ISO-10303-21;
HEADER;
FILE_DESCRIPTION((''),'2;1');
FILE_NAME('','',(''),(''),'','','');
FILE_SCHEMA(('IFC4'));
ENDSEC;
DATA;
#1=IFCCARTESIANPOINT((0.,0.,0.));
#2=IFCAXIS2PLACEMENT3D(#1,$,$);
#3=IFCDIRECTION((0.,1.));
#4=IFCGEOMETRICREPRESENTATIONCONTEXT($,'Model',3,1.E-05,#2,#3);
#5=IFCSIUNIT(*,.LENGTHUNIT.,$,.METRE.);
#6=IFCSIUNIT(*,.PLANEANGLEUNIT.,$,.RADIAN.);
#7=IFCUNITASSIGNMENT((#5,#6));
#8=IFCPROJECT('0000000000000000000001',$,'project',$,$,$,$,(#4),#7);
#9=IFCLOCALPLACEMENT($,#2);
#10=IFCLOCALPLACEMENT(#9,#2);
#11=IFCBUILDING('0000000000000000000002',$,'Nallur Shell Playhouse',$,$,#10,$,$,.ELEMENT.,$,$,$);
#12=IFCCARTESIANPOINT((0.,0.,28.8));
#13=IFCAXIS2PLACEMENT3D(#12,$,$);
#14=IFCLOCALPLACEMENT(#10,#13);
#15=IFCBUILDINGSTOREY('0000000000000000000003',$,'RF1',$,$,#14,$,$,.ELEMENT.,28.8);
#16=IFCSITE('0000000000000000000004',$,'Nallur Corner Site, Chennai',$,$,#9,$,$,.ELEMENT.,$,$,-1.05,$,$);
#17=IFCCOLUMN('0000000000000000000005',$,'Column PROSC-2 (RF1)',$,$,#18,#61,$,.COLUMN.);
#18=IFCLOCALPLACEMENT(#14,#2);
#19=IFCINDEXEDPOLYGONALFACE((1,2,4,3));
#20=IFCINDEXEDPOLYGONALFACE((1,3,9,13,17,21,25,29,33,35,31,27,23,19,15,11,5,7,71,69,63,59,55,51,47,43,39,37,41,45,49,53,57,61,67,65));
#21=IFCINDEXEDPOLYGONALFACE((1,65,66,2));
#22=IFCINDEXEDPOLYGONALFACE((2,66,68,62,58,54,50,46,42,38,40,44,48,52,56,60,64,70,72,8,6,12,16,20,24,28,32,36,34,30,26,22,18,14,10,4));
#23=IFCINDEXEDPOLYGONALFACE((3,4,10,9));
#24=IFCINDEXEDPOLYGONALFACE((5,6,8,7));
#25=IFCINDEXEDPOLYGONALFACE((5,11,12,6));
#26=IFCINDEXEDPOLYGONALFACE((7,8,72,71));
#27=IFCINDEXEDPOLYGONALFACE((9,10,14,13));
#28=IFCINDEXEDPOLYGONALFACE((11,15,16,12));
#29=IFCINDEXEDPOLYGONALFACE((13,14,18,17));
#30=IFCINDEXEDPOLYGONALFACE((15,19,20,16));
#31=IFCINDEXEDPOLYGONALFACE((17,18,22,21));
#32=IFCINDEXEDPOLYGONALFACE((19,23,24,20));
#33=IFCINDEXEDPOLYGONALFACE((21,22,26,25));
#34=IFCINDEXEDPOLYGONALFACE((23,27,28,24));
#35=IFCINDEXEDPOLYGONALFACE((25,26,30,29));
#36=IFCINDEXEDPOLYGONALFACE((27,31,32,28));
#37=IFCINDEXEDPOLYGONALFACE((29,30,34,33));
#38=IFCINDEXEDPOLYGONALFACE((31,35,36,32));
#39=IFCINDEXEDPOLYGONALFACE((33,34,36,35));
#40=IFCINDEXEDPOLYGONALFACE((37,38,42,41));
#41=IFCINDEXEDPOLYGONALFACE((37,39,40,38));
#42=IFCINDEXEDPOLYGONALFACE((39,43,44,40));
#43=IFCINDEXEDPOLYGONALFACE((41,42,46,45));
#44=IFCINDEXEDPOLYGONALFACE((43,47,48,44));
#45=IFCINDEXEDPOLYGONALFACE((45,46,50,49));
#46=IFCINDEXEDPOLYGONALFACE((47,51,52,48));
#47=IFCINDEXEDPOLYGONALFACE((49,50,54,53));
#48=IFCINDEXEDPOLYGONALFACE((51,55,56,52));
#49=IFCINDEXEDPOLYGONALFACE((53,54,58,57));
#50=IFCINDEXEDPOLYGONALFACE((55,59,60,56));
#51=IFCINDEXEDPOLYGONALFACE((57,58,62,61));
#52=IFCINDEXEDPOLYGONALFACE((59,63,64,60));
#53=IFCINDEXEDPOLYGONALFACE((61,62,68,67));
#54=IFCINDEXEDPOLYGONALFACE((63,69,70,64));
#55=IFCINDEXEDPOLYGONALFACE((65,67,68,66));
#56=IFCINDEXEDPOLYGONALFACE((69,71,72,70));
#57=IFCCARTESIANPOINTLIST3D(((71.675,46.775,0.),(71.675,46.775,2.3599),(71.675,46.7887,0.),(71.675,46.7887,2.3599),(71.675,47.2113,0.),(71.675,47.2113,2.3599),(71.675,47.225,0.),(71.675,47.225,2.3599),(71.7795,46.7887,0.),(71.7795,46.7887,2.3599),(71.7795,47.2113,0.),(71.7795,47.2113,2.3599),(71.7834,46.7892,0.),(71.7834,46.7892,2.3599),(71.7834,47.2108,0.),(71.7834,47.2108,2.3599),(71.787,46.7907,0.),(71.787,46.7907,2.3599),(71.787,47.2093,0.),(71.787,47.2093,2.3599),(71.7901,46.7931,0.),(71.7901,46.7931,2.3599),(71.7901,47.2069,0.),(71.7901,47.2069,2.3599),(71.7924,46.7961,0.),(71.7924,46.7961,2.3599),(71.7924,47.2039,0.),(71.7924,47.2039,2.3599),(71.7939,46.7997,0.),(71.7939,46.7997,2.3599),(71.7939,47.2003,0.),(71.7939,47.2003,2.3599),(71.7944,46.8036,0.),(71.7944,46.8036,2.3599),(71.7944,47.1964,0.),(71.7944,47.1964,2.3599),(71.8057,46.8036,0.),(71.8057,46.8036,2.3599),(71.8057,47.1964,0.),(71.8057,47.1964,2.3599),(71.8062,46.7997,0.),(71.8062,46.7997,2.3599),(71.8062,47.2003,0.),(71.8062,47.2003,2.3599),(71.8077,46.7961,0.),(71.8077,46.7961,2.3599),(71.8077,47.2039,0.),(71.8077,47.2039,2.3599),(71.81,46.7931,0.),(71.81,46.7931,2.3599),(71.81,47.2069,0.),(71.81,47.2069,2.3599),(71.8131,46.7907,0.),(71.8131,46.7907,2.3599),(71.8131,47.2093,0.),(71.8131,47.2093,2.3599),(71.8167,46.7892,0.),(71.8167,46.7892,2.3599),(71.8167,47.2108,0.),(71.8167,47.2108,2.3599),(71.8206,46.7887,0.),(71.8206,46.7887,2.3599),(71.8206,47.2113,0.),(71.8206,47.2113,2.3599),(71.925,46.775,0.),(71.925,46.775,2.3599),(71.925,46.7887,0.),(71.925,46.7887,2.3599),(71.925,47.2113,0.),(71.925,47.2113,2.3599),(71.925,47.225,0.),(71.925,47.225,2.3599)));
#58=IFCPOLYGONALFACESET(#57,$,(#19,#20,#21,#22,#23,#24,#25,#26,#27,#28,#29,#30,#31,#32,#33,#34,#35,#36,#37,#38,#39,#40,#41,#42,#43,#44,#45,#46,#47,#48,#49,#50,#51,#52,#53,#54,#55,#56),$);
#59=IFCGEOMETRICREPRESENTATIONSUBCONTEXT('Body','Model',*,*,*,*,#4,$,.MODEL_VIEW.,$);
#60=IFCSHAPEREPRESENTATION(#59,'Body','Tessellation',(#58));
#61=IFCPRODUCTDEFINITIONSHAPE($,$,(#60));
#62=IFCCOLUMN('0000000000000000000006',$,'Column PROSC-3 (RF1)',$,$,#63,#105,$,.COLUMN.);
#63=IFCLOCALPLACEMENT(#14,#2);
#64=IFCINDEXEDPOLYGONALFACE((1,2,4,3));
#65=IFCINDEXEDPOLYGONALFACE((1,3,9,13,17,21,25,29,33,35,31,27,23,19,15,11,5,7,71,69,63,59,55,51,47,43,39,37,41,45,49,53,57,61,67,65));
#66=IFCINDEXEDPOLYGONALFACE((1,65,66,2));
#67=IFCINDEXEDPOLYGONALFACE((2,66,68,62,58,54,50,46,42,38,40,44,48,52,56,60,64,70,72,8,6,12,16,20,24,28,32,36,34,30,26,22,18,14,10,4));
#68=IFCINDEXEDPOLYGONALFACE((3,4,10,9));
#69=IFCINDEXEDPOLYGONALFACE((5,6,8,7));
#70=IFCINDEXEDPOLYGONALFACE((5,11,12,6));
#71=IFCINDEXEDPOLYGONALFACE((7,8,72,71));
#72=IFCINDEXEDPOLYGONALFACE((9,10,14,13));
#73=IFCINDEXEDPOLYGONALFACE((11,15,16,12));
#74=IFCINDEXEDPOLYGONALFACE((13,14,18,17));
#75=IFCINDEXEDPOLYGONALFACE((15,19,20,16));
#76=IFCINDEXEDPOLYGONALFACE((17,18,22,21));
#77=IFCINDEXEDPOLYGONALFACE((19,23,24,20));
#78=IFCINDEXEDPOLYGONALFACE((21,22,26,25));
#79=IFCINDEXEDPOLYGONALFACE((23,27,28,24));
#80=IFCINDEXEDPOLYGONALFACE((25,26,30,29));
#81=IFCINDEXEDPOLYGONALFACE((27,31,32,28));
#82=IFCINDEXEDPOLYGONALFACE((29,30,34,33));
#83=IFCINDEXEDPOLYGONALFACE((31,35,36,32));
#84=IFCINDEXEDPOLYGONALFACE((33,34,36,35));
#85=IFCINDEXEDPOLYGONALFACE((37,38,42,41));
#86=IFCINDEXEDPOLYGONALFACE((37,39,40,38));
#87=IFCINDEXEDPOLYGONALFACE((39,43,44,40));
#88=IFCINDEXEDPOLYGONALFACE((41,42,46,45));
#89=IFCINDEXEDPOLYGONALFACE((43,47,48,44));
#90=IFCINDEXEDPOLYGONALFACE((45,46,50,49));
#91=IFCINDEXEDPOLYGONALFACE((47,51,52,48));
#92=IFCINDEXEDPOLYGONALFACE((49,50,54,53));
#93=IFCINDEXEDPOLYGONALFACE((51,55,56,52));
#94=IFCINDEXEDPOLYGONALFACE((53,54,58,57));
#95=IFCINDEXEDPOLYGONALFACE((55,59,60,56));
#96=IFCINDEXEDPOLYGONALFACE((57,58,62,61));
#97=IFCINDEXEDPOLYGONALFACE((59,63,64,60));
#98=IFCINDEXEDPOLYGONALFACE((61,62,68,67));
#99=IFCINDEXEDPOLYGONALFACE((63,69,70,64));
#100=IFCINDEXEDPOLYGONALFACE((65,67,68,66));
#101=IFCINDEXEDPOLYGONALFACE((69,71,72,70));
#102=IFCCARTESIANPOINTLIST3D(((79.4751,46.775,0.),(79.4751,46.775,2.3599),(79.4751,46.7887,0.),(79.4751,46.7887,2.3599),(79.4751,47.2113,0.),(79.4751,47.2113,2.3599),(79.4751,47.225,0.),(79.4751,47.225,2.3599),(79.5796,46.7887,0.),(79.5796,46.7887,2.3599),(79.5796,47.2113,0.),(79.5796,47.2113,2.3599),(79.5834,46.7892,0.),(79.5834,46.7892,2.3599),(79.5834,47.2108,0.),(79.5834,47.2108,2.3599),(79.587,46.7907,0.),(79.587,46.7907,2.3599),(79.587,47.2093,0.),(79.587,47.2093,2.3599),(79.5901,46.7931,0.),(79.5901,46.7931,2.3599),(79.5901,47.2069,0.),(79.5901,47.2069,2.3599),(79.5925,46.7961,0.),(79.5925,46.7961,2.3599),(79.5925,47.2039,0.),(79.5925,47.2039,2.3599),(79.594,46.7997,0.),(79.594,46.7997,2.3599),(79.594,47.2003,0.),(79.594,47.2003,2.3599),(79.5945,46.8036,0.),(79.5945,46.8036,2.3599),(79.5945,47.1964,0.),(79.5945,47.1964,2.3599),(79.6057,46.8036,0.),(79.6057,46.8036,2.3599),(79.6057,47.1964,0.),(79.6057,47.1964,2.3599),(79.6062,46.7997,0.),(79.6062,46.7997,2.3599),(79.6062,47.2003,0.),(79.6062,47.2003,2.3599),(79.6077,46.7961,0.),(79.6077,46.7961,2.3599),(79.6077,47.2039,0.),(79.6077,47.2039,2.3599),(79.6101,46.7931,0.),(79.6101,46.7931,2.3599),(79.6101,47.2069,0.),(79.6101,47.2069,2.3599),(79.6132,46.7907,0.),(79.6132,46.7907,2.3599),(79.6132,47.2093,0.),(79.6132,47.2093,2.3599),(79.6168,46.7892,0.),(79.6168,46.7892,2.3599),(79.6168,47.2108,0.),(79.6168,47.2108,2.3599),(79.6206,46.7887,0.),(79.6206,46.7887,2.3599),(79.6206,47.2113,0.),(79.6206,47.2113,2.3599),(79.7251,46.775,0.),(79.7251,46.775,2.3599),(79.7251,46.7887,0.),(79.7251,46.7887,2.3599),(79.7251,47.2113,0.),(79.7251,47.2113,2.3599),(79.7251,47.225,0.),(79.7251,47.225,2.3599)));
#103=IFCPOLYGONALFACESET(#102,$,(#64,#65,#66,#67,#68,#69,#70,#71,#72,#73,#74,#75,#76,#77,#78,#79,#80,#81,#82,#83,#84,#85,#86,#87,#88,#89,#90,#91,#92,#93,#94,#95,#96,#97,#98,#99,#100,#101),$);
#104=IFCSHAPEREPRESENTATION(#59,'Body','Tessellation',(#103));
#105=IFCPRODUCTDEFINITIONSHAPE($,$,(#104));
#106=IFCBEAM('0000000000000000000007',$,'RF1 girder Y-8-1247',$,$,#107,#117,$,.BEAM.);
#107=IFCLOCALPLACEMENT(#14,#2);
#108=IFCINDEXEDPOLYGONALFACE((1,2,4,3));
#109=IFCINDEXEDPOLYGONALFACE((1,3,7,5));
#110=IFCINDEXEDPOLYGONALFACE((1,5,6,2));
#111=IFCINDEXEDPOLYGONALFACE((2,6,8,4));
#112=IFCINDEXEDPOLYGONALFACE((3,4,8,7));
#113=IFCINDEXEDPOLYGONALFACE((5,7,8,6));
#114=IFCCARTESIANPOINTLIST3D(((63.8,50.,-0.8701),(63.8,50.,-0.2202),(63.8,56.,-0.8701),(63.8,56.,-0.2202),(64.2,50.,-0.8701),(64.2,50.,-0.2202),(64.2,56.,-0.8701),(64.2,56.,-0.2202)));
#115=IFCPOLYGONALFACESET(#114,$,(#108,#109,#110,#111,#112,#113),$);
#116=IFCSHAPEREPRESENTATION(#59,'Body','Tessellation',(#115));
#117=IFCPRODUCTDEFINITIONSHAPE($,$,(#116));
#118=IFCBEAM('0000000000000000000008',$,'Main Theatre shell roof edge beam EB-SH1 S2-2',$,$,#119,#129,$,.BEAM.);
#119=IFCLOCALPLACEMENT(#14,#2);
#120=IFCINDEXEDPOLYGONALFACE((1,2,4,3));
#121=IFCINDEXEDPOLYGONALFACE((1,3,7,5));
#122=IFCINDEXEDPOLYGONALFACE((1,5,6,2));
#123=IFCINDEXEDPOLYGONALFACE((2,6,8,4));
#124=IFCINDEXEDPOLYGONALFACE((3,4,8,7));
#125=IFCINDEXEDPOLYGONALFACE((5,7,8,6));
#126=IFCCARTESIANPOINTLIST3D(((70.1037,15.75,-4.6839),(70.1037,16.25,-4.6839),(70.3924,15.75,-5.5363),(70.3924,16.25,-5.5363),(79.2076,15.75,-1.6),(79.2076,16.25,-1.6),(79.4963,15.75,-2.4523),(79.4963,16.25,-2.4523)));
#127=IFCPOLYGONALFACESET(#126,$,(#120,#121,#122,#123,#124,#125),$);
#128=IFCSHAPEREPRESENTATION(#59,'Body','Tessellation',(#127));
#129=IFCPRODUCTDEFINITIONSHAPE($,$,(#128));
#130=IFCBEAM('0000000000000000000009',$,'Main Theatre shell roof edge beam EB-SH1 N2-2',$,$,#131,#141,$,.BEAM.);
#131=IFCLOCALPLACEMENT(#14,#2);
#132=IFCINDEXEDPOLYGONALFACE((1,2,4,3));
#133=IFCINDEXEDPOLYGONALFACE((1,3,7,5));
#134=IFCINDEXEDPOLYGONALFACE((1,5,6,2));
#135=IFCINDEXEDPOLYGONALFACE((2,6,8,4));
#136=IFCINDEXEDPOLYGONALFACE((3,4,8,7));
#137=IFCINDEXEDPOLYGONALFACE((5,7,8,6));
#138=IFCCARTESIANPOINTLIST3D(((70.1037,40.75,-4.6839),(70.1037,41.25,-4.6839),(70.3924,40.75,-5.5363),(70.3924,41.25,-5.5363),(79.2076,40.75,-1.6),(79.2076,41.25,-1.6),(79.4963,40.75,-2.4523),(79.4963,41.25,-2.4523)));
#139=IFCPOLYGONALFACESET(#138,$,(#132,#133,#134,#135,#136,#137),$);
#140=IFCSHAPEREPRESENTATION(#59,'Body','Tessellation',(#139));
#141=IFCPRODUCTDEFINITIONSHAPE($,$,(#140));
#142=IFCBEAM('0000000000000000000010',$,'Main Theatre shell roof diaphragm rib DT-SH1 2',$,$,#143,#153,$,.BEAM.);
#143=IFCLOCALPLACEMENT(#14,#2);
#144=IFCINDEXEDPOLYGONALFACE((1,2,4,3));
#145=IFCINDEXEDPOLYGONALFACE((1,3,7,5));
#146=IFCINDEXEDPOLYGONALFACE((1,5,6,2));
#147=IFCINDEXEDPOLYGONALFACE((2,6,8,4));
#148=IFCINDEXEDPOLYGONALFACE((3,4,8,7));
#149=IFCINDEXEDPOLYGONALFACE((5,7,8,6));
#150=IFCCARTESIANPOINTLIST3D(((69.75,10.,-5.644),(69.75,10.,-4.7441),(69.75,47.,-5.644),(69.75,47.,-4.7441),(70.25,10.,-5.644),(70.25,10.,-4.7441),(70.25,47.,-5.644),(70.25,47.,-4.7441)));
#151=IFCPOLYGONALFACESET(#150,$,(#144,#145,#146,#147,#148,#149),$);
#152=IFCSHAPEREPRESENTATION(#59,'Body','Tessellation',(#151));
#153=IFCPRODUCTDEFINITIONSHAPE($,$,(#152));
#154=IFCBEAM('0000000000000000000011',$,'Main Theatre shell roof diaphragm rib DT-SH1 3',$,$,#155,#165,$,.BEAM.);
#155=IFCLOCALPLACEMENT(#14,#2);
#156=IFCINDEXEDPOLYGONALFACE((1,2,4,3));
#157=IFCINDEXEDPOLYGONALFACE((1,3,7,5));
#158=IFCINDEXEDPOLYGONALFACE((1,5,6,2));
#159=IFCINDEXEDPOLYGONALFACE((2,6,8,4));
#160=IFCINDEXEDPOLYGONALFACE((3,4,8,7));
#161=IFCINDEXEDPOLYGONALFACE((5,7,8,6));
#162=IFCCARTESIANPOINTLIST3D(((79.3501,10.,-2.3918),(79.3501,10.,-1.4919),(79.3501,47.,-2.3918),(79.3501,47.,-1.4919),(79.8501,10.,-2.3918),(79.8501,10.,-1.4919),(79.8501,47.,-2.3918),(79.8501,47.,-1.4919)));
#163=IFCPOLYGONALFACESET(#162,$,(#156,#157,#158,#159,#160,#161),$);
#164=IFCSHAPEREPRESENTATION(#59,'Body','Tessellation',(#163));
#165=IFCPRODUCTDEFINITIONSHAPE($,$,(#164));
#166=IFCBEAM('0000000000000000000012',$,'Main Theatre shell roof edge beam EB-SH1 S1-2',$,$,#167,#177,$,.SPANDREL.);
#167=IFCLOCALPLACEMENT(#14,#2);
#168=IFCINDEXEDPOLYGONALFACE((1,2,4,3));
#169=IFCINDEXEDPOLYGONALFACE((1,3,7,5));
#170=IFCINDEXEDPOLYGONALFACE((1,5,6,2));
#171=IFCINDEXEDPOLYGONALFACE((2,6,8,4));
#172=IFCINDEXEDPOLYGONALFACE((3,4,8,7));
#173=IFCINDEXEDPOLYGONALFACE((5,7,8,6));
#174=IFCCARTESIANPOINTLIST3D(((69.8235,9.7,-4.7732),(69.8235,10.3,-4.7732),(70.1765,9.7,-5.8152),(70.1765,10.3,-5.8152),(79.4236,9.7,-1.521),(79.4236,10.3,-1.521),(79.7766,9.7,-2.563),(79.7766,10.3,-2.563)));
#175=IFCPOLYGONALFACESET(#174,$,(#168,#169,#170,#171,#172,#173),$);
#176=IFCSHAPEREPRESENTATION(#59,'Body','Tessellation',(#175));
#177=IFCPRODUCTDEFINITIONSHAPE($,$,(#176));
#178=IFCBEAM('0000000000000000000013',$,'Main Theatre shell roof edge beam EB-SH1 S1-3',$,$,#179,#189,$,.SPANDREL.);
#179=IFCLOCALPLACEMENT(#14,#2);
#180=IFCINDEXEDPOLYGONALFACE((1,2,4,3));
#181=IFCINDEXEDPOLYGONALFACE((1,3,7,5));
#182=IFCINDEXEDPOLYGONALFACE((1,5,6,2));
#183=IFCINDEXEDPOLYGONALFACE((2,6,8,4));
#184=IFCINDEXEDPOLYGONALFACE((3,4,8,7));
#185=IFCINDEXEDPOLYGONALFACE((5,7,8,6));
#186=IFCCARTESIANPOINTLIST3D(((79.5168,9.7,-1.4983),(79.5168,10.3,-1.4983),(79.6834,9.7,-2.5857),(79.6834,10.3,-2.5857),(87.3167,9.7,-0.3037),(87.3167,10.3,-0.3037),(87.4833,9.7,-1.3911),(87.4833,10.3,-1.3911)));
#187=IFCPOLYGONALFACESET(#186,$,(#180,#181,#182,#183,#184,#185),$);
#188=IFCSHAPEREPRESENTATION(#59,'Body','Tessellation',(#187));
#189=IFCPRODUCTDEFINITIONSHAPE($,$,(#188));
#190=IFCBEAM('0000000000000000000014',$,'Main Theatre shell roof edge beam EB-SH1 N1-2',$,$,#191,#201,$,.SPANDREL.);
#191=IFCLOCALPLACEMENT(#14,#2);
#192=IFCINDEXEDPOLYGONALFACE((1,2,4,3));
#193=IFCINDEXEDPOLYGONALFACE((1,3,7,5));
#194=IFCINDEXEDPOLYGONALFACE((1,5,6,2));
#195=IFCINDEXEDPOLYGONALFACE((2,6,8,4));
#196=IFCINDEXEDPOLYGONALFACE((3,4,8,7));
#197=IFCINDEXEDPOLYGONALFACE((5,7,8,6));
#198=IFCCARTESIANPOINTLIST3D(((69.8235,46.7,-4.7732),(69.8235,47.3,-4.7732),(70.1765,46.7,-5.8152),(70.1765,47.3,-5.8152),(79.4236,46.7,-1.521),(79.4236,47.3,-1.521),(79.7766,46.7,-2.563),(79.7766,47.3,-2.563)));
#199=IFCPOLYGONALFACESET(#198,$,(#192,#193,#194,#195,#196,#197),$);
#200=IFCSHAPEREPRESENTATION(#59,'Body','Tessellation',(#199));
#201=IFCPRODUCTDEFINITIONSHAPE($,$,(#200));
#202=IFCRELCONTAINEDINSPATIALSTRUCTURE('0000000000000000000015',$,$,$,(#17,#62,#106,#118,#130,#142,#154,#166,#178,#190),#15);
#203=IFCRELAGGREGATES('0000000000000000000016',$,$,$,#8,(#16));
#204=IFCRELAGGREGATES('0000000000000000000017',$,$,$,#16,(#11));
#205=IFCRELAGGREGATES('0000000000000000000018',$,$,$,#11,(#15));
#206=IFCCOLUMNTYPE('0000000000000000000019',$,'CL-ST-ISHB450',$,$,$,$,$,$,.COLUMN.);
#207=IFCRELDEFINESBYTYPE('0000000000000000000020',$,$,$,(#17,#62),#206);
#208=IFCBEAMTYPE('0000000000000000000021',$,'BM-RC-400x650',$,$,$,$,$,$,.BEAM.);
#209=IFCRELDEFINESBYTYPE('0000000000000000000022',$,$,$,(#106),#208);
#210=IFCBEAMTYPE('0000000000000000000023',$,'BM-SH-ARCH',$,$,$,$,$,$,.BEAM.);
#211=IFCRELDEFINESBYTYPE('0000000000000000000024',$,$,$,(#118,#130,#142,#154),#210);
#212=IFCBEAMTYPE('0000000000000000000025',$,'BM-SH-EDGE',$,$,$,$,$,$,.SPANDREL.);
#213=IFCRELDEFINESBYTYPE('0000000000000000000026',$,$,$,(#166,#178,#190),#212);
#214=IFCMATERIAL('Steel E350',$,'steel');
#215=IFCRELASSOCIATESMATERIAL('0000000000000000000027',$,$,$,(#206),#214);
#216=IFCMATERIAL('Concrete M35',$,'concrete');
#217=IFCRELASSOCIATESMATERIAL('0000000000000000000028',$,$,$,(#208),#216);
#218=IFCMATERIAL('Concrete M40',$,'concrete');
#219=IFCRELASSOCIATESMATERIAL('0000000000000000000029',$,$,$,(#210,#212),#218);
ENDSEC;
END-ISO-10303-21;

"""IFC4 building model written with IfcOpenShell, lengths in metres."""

from ifc_helpers import new_model, si_unit, direction, frame, origin, origin_2d, place, context, subcontext, project, spatial, rectangle, i_section, extrude, material, material_profile, profile_set, type_object, element, save


model = new_model("IFC4")

# Units and contexts
model_context = context("Model", 3, precision=1e-05, world=origin(), true_north=direction((0.0, 1.0)))
body_context = subcontext(model_context, "Body", "Model", "MODEL_VIEW")
ifc_project = project(units=[si_unit("LENGTHUNIT", "METRE"), si_unit("PLANEANGLEUNIT", "RADIAN")], contexts=[model_context])

# Site, building, storey
site_placement = place(None, origin())
site = spatial("IfcSite", under=ifc_project, at=site_placement, Name="Nallur Corner Site, Chennai", CompositionType="ELEMENT", RefElevation=-1.05)
building_placement = place(site_placement, origin())
building = spatial("IfcBuilding", under=site, at=building_placement, Name="Nallur Shell Playhouse", CompositionType="ELEMENT")
storey_placement = place(building_placement, frame((0.0, 0.0, 28.8)))
storey = spatial("IfcBuildingStorey", under=building, at=storey_placement, Name="RF1", CompositionType="ELEMENT", Elevation=28.8)

# Columns
ifc_material_1 = material(Name="Steel E350", Category="steel")
ifc_material_profile_1 = material_profile(ifc_material_1, i_section(OverallWidth=0.25, OverallDepth=0.45, WebThickness=0.0112, FlangeThickness=0.0137, FilletRadius=0.0149, at=origin_2d()), Name="ISHB 450")
ifc_profile_set_1 = profile_set([ifc_material_profile_1], Name="Steel E350")
column_type = type_object("IfcColumnType", Name="CL-ST-ISHB450", PredefinedType="COLUMN", material=ifc_profile_set_1)
for number, where, z_axis, x_axis, name in (
    (1, (71.8, 47.0, 0.0), (0.0, 0.0, 1.0), (1.0, 0.0, 0.0), "Column PROSC-2 (RF1)"),
    (2, (79.6001, 47.0, 0.0), (0.0, 0.0, 1.0), (1.0, 0.0, 0.0), "Column PROSC-3 (RF1)"),
):
    element("IfcColumn", number, at=place(storey_placement, frame(where, z_axis=z_axis, x_axis=x_axis)), inside=storey, type_object=column_type, Name=name, PredefinedType="COLUMN", context=body_context, shape_type="SweptSolid", body=[
        extrude(i_section(OverallWidth=0.25, OverallDepth=0.45, WebThickness=0.0112, FlangeThickness=0.0137, FilletRadius=0.0149, at=origin_2d()), origin(), (0.0, 0.0, 1.0), 2.3599),
    ])

# Beams
ifc_material_2 = material(Name="Concrete M35", Category="concrete")
ifc_material_profile_2 = material_profile(ifc_material_2, rectangle(XDim=0.3999, YDim=0.6499, at=origin_2d()), Name="RC 400x650")
ifc_profile_set_2 = profile_set([ifc_material_profile_2], Name="Concrete M35")
beam_type_1 = type_object("IfcBeamType", Name="BM-RC-400x650", PredefinedType="BEAM", material=ifc_profile_set_2)
beam_1_placement = place(storey_placement, frame((64.0, 50.0, -0.5452), z_axis=(0.0, 1.0, 0.0), x_axis=(-1.0, 0.0, 0.0)))
element("IfcBeam", 3, at=beam_1_placement, inside=storey, type_object=beam_type_1, Name="RF1 girder Y-8-1247", PredefinedType="BEAM", context=body_context, shape_type="SweptSolid", body=[
    extrude(rectangle(XDim=0.3999, YDim=0.6499, at=origin_2d()), origin(), (0.0, 0.0, 1.0), 6.0),
])
ifc_material_3 = material(Name="Concrete M40", Category="concrete")
ifc_material_profile_3 = material_profile(ifc_material_3, rectangle(XDim=0.5, YDim=0.8999, at=origin_2d()), Name="RC 500x900")
ifc_profile_set_3 = profile_set([ifc_material_profile_3], Name="Concrete M40")
beam_type_2 = type_object("IfcBeamType", Name="BM-SH-ARCH", PredefinedType="BEAM", material=ifc_profile_set_3)
for number, where, z_axis, x_axis, name in (
    (4, (70.248, 16.0, -5.1101), (0.947133, 0.0, 0.320842), (0.0, 1.0, 0.0), "Main Theatre shell roof edge beam EB-SH1 S2-2"),
    (5, (70.248, 41.0, -5.1101), (0.947133, 0.0, 0.320842), (0.0, 1.0, 0.0), "Main Theatre shell roof edge beam EB-SH1 N2-2"),
):
    element("IfcBeam", number, at=place(storey_placement, frame(where, z_axis=z_axis, x_axis=x_axis)), inside=storey, type_object=beam_type_2, Name=name, PredefinedType="BEAM", context=body_context, shape_type="SweptSolid", body=[
        extrude(rectangle(XDim=0.5, YDim=0.8999, at=origin_2d()), origin(), (0.0, 0.0, 1.0), 9.6121),
    ])
for number, where, z_axis, x_axis, name in (
    (6, (70.0, 10.0, -5.1941), (0.0, 1.0, 0.0), (-1.0, 0.0, 0.0), "Main Theatre shell roof diaphragm rib DT-SH1 2"),
    (7, (79.6001, 10.0, -1.9419), (0.0, 1.0, 0.0), (-1.0, 0.0, 0.0), "Main Theatre shell roof diaphragm rib DT-SH1 3"),
):
    element("IfcBeam", number, at=place(storey_placement, frame(where, z_axis=z_axis, x_axis=x_axis)), inside=storey, type_object=beam_type_2, Name=name, PredefinedType="BEAM", context=body_context, shape_type="SweptSolid", body=[
        extrude(rectangle(XDim=0.5, YDim=0.8999, at=origin_2d()), origin(), (0.0, 0.0, 1.0), 37.0),
    ])
ifc_material_profile_4 = material_profile(ifc_material_3, rectangle(XDim=0.6001, YDim=1.1001, at=origin_2d()), Name="RC 600x1100")
ifc_profile_set_4 = profile_set([ifc_material_profile_4], Name="Concrete M40")
beam_type_3 = type_object("IfcBeamType", Name="BM-SH-EDGE", PredefinedType="SPANDREL", material=ifc_profile_set_4)
beam_2_placement = place(storey_placement, frame((70.0, 10.0, -5.2942), z_axis=(0.947128, 0.0, 0.320856), x_axis=(0.0, 1.0, 0.0)))
element("IfcBeam", 8, at=beam_2_placement, inside=storey, type_object=beam_type_3, Name="Main Theatre shell roof edge beam EB-SH1 S1-2", PredefinedType="SPANDREL", context=body_context, shape_type="SweptSolid", body=[
    extrude(rectangle(XDim=0.6001, YDim=1.1001, at=origin_2d()), origin(), (0.0, 0.0, 1.0), 10.136),
])
beam_3_placement = place(storey_placement, frame((79.6001, 10.0, -2.042), z_axis=(0.988474, 0.0, 0.15139), x_axis=(0.0, 1.0, 0.0)))
element("IfcBeam", 9, at=beam_3_placement, inside=storey, type_object=beam_type_3, Name="Main Theatre shell roof edge beam EB-SH1 S1-3", PredefinedType="SPANDREL", context=body_context, shape_type="SweptSolid", body=[
    extrude(rectangle(XDim=0.6001, YDim=1.1001, at=origin_2d()), origin(), (0.0, 0.0, 1.0), 7.8909),
])
beam_4_placement = place(storey_placement, frame((70.0, 47.0, -5.2942), z_axis=(0.947128, 0.0, 0.320856), x_axis=(0.0, 1.0, 0.0)))
element("IfcBeam", 10, at=beam_4_placement, inside=storey, type_object=beam_type_3, Name="Main Theatre shell roof edge beam EB-SH1 N1-2", PredefinedType="SPANDREL", context=body_context, shape_type="SweptSolid", body=[
    extrude(rectangle(XDim=0.6001, YDim=1.1001, at=origin_2d()), origin(), (0.0, 0.0, 1.0), 10.136),
])

save(model, "model.ifc")
